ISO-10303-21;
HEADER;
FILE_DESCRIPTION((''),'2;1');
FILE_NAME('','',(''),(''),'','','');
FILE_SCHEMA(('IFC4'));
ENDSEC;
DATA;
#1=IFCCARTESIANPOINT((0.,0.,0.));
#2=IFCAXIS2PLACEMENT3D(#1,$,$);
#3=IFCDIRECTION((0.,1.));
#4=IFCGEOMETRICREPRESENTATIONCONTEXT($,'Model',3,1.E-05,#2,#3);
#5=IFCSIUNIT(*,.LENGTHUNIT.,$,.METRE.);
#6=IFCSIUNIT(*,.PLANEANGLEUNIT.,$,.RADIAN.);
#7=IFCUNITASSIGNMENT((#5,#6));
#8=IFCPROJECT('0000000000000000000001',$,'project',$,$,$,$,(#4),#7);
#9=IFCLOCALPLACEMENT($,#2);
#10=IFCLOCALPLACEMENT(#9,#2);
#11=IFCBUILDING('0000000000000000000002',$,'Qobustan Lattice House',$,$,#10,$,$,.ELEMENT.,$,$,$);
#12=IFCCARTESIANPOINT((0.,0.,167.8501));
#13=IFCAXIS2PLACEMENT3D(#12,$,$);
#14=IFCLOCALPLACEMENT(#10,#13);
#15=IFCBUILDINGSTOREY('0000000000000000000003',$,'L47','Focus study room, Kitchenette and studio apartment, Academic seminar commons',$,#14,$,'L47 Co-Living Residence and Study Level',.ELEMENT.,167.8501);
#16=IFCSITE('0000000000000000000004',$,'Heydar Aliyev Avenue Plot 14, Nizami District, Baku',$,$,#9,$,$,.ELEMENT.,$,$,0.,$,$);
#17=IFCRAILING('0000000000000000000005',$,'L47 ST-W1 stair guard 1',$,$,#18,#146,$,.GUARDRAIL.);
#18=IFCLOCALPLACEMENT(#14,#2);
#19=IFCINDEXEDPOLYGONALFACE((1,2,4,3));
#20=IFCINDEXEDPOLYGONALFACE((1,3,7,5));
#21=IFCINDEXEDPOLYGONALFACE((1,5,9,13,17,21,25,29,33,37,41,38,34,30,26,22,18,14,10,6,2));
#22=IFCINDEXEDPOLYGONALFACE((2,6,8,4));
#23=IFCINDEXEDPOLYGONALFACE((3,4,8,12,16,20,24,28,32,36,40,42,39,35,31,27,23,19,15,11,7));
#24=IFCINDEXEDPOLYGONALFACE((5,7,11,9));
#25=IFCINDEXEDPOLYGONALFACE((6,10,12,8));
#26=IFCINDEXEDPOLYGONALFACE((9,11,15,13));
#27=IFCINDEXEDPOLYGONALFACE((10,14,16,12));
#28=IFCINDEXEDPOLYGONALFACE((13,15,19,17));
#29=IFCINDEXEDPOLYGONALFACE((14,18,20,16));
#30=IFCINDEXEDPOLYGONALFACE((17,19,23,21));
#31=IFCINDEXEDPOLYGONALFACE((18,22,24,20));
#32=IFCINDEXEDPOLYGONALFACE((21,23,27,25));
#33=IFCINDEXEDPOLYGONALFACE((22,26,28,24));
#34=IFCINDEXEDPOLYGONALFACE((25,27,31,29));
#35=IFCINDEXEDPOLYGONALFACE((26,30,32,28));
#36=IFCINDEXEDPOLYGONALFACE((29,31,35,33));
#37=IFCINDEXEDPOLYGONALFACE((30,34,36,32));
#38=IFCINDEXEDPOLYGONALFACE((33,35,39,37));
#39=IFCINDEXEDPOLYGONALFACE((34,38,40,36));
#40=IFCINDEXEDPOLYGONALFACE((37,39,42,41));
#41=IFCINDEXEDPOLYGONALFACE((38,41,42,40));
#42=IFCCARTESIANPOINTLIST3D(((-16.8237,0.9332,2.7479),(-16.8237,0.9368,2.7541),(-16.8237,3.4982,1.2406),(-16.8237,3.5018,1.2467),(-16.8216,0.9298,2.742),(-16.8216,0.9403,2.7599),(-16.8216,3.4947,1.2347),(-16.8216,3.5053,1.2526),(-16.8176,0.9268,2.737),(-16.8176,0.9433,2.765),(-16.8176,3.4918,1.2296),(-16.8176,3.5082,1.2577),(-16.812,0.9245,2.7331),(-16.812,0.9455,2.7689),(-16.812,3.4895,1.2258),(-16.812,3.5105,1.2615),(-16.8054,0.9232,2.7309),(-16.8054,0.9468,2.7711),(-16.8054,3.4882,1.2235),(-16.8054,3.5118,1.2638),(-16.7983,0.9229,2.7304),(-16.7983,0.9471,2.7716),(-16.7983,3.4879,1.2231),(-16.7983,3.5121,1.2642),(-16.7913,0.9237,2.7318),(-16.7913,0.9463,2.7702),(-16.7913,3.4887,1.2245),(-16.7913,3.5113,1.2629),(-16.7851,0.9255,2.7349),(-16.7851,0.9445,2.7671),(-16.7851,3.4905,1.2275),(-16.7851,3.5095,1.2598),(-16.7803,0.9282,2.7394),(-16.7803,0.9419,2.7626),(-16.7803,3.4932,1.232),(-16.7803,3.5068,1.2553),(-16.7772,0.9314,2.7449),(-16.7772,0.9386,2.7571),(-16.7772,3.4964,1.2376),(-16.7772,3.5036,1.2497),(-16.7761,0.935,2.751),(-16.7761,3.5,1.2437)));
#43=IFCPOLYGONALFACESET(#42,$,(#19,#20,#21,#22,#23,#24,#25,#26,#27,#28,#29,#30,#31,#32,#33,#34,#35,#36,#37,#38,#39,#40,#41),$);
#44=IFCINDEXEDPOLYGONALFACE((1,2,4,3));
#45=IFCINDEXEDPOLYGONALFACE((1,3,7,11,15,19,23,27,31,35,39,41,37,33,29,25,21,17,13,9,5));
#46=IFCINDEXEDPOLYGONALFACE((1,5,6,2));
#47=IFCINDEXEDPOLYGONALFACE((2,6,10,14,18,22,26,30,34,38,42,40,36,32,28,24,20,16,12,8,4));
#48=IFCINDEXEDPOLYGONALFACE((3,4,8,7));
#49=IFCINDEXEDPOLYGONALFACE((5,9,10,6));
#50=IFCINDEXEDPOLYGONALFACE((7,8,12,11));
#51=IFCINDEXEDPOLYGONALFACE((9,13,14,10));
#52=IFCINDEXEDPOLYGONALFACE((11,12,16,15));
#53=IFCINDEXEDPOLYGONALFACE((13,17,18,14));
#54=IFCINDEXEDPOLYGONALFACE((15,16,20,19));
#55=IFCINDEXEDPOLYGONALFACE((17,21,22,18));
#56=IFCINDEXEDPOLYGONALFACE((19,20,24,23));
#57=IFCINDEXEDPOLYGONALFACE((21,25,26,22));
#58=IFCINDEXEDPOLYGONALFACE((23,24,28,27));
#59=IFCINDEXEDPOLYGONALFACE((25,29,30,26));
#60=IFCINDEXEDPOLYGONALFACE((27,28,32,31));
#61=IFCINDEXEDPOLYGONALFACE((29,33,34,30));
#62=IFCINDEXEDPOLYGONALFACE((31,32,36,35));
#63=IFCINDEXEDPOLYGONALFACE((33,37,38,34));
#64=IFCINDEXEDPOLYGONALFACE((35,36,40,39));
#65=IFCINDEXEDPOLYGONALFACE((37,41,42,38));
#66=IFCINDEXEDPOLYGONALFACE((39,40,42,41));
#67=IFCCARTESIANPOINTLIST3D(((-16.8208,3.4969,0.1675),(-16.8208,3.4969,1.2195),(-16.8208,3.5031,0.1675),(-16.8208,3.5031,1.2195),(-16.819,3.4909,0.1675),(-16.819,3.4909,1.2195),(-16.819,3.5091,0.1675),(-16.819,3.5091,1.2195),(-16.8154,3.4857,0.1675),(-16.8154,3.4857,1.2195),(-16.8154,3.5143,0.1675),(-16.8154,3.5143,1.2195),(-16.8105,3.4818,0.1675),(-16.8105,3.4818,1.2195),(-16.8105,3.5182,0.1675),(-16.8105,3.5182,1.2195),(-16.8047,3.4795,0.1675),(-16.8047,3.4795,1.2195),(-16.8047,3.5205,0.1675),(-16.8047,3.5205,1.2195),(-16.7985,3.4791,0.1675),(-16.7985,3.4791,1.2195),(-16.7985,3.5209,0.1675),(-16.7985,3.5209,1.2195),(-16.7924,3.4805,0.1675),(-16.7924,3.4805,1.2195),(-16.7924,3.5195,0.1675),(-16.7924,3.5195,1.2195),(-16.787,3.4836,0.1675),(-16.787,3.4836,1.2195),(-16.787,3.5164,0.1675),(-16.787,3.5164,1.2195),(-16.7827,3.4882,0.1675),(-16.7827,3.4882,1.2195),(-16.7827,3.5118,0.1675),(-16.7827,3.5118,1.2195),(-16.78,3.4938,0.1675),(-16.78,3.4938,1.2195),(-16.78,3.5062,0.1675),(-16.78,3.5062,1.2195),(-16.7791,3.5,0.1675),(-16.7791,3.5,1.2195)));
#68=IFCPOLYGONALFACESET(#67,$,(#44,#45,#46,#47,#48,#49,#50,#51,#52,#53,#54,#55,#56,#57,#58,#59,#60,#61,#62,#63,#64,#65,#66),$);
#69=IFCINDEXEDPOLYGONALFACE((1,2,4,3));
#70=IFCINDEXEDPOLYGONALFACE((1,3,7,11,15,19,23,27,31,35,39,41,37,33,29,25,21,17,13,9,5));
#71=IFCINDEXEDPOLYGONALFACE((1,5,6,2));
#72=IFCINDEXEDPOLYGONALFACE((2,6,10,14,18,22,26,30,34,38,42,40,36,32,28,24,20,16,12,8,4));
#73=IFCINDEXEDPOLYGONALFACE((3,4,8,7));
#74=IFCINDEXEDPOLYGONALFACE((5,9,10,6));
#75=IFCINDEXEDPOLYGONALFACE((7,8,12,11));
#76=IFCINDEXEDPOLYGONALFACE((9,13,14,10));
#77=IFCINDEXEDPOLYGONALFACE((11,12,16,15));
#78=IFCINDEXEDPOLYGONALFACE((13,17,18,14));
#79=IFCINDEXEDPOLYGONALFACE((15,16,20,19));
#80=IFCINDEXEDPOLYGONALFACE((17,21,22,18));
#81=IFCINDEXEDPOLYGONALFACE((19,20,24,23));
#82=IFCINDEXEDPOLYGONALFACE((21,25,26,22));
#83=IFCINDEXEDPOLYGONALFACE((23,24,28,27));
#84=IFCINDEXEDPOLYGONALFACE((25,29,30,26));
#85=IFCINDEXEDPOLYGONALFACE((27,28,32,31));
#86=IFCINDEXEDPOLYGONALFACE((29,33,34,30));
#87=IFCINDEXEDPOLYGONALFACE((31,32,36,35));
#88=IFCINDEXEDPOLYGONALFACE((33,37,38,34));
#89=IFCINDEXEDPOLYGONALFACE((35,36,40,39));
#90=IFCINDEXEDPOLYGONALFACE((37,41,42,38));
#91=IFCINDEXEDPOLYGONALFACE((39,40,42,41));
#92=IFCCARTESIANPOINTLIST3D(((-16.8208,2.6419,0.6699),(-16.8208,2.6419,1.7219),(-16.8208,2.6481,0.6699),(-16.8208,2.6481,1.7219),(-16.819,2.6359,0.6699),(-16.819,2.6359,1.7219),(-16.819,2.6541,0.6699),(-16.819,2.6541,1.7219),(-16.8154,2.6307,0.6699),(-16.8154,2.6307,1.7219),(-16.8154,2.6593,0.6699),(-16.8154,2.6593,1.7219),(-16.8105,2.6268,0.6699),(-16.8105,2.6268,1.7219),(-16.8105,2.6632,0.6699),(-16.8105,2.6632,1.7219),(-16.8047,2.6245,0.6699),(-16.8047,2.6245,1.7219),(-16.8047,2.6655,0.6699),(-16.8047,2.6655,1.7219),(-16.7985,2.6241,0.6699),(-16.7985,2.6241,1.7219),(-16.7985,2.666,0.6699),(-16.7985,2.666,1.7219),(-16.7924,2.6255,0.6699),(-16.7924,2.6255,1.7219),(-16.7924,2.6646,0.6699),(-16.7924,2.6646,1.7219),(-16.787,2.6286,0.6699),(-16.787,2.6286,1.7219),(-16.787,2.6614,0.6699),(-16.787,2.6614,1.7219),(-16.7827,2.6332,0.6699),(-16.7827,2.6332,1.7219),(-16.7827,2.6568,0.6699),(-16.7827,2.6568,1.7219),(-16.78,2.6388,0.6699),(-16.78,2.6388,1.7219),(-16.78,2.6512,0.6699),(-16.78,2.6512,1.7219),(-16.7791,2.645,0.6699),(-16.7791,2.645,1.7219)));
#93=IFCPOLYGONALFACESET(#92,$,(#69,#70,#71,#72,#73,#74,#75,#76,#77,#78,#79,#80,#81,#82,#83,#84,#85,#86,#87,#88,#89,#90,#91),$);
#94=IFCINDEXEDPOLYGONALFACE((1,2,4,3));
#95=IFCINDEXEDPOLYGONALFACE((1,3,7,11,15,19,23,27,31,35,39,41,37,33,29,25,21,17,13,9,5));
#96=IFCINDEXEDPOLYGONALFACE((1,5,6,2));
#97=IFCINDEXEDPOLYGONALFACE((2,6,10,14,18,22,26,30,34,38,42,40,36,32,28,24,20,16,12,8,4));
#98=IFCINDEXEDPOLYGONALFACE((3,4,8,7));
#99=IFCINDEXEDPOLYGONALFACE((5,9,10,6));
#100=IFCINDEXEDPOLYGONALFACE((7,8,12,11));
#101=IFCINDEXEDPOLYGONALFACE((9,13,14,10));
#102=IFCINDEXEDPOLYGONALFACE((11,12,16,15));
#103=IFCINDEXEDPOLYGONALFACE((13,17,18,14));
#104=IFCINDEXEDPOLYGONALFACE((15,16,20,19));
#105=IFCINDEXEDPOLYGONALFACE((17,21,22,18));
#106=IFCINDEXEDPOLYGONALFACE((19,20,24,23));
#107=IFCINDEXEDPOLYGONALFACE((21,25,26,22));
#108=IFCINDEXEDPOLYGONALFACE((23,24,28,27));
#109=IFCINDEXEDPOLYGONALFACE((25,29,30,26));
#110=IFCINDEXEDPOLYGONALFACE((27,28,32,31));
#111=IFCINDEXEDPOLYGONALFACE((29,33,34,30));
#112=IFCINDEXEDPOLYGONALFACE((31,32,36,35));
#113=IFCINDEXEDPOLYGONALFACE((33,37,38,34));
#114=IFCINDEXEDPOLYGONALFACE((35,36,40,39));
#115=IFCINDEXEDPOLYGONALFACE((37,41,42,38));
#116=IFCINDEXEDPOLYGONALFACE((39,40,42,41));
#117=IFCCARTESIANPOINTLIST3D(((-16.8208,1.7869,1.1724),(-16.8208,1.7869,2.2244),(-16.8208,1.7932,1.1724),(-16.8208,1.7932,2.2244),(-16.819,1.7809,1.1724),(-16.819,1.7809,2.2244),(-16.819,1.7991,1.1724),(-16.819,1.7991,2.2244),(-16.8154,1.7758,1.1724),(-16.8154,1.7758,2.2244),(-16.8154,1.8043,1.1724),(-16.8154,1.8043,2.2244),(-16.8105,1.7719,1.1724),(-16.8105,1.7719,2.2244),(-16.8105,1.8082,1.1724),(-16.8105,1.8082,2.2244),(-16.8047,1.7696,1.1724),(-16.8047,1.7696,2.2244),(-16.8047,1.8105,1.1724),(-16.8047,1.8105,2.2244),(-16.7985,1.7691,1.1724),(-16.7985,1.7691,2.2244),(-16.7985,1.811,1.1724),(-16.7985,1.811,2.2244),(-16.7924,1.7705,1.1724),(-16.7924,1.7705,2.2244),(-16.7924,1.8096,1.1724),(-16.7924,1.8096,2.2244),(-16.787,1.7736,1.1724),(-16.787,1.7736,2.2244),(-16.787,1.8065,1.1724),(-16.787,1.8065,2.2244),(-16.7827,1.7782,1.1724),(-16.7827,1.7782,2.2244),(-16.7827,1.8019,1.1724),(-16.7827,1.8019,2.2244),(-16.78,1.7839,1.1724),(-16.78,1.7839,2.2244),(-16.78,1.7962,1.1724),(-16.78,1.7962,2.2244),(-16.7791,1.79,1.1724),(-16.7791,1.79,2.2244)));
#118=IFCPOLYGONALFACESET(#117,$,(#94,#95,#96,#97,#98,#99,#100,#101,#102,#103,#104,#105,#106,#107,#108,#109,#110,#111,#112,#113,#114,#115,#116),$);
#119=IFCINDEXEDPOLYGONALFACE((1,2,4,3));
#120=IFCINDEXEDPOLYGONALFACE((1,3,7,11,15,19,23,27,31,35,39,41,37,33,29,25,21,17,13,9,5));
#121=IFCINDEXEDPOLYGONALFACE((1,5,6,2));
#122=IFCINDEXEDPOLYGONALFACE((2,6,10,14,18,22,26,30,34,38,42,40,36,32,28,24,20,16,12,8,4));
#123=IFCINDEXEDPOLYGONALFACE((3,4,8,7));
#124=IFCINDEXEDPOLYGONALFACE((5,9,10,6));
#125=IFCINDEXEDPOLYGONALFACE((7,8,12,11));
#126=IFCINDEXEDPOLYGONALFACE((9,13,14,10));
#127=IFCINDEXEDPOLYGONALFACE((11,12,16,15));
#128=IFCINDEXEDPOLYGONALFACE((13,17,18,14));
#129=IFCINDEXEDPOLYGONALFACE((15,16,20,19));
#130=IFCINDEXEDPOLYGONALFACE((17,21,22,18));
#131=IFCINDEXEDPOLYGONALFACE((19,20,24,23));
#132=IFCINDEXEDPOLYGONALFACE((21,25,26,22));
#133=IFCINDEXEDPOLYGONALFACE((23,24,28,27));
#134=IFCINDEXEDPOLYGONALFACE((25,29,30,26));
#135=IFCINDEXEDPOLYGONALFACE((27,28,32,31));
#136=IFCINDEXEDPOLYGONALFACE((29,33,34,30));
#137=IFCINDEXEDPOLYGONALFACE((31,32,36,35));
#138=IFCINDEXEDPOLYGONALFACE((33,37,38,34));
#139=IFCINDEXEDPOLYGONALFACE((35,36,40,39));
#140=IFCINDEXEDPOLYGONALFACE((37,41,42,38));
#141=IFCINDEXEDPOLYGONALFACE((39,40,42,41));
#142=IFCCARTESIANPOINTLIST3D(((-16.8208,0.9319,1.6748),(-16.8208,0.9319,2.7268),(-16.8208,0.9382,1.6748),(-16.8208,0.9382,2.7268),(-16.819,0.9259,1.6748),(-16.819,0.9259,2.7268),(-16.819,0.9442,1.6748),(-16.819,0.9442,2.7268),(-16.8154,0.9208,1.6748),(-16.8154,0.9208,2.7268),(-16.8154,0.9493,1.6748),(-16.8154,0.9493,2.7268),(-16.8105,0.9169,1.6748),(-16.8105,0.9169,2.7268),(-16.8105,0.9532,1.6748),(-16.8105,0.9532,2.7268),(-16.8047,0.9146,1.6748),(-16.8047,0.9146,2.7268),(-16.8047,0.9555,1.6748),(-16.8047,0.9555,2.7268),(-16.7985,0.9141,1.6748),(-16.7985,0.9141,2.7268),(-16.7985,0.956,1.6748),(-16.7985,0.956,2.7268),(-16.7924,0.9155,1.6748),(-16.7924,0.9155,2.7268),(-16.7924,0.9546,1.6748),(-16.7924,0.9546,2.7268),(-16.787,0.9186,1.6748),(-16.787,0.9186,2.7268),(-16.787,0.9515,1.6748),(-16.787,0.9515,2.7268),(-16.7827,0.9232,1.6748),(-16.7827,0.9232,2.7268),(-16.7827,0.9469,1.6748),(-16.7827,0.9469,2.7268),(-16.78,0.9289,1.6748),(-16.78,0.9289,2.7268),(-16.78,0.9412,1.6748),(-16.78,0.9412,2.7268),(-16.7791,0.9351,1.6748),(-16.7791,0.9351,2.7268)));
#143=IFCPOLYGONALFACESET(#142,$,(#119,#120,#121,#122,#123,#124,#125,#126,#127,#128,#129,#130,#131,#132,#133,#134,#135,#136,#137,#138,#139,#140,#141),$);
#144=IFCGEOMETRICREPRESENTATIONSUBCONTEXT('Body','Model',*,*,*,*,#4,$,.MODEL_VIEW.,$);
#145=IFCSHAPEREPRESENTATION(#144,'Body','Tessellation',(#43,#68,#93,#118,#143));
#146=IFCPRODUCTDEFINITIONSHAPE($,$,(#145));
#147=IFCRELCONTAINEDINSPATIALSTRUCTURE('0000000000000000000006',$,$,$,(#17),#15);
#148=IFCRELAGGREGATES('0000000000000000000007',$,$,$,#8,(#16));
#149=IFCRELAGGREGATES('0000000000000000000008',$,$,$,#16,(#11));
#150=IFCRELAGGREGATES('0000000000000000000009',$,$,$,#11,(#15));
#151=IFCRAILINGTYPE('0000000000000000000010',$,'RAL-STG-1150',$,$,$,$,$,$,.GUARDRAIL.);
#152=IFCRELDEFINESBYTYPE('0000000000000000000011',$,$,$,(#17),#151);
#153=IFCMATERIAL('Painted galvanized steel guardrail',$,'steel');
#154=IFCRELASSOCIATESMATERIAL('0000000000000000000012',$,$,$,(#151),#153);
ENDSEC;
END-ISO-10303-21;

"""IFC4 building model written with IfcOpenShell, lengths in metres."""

from ifc_helpers import new_model, si_unit, direction, frame, origin, origin_2d, place, context, subcontext, project, spatial, circle, extrude, material, type_object, element, save


model = new_model("IFC4")

# Units and contexts
model_context = context("Model", 3, precision=1e-05, world=origin(), true_north=direction((0.0, 1.0)))
body_context = subcontext(model_context, "Body", "Model", "MODEL_VIEW")
ifc_project = project(units=[si_unit("LENGTHUNIT", "METRE"), si_unit("PLANEANGLEUNIT", "RADIAN")], contexts=[model_context])

# Site, building, storey
site_placement = place(None, origin())
site = spatial("IfcSite", under=ifc_project, at=site_placement, Name="Heydar Aliyev Avenue Plot 14, Nizami District, Baku", CompositionType="ELEMENT", RefElevation=0.0)
building_placement = place(site_placement, origin())
building = spatial("IfcBuilding", under=site, at=building_placement, Name="Qobustan Lattice House", CompositionType="ELEMENT")
storey_placement = place(building_placement, frame((0.0, 0.0, 167.8501)))
storey = spatial("IfcBuildingStorey", under=building, at=storey_placement, Name="L47", Description="Focus study room, Kitchenette and studio apartment, Academic seminar commons", LongName="L47 Co-Living Residence and Study Level", CompositionType="ELEMENT", Elevation=167.8501)

# Railing
ifc_material_1 = material(Name="Painted galvanized steel guardrail", Category="steel")
railing_type_1 = type_object("IfcRailingType", Name="RAL-STG-1150", PredefinedType="GUARDRAIL", material=ifc_material_1)
railing_1_placement = place(storey_placement, frame((-16.8, 3.5, 0.1675)))
element("IfcRailing", 1, at=railing_1_placement, inside=storey, type_object=railing_type_1, Name="L47 ST-W1 stair guard 1", PredefinedType="GUARDRAIL", context=body_context, shape_type="SweptSolid", body=[
    extrude(circle(Radius=0.0239, at=origin_2d()), frame((0.0, 0.0, 1.0762), z_axis=(0.0, -0.862149, 0.506654), x_axis=(1.0, 0.0, 0.0)), (0.0, 0.0, 1.0), 2.9751),
    extrude(circle(Radius=0.021, at=origin_2d()), origin(), (0.0, 0.0, 1.0), 1.052),
    extrude(circle(Radius=0.021, at=origin_2d()), frame((0.0, -0.855, 0.5024)), (0.0, 0.0, 1.0), 1.052),
    extrude(circle(Radius=0.021, at=origin_2d()), frame((0.0, -1.71, 1.0049)), (0.0, 0.0, 1.0), 1.052),
    extrude(circle(Radius=0.021, at=origin_2d()), frame((0.0, -2.5649, 1.5073)), (0.0, 0.0, 1.0), 1.052),
])

save(model, "model.ifc")
